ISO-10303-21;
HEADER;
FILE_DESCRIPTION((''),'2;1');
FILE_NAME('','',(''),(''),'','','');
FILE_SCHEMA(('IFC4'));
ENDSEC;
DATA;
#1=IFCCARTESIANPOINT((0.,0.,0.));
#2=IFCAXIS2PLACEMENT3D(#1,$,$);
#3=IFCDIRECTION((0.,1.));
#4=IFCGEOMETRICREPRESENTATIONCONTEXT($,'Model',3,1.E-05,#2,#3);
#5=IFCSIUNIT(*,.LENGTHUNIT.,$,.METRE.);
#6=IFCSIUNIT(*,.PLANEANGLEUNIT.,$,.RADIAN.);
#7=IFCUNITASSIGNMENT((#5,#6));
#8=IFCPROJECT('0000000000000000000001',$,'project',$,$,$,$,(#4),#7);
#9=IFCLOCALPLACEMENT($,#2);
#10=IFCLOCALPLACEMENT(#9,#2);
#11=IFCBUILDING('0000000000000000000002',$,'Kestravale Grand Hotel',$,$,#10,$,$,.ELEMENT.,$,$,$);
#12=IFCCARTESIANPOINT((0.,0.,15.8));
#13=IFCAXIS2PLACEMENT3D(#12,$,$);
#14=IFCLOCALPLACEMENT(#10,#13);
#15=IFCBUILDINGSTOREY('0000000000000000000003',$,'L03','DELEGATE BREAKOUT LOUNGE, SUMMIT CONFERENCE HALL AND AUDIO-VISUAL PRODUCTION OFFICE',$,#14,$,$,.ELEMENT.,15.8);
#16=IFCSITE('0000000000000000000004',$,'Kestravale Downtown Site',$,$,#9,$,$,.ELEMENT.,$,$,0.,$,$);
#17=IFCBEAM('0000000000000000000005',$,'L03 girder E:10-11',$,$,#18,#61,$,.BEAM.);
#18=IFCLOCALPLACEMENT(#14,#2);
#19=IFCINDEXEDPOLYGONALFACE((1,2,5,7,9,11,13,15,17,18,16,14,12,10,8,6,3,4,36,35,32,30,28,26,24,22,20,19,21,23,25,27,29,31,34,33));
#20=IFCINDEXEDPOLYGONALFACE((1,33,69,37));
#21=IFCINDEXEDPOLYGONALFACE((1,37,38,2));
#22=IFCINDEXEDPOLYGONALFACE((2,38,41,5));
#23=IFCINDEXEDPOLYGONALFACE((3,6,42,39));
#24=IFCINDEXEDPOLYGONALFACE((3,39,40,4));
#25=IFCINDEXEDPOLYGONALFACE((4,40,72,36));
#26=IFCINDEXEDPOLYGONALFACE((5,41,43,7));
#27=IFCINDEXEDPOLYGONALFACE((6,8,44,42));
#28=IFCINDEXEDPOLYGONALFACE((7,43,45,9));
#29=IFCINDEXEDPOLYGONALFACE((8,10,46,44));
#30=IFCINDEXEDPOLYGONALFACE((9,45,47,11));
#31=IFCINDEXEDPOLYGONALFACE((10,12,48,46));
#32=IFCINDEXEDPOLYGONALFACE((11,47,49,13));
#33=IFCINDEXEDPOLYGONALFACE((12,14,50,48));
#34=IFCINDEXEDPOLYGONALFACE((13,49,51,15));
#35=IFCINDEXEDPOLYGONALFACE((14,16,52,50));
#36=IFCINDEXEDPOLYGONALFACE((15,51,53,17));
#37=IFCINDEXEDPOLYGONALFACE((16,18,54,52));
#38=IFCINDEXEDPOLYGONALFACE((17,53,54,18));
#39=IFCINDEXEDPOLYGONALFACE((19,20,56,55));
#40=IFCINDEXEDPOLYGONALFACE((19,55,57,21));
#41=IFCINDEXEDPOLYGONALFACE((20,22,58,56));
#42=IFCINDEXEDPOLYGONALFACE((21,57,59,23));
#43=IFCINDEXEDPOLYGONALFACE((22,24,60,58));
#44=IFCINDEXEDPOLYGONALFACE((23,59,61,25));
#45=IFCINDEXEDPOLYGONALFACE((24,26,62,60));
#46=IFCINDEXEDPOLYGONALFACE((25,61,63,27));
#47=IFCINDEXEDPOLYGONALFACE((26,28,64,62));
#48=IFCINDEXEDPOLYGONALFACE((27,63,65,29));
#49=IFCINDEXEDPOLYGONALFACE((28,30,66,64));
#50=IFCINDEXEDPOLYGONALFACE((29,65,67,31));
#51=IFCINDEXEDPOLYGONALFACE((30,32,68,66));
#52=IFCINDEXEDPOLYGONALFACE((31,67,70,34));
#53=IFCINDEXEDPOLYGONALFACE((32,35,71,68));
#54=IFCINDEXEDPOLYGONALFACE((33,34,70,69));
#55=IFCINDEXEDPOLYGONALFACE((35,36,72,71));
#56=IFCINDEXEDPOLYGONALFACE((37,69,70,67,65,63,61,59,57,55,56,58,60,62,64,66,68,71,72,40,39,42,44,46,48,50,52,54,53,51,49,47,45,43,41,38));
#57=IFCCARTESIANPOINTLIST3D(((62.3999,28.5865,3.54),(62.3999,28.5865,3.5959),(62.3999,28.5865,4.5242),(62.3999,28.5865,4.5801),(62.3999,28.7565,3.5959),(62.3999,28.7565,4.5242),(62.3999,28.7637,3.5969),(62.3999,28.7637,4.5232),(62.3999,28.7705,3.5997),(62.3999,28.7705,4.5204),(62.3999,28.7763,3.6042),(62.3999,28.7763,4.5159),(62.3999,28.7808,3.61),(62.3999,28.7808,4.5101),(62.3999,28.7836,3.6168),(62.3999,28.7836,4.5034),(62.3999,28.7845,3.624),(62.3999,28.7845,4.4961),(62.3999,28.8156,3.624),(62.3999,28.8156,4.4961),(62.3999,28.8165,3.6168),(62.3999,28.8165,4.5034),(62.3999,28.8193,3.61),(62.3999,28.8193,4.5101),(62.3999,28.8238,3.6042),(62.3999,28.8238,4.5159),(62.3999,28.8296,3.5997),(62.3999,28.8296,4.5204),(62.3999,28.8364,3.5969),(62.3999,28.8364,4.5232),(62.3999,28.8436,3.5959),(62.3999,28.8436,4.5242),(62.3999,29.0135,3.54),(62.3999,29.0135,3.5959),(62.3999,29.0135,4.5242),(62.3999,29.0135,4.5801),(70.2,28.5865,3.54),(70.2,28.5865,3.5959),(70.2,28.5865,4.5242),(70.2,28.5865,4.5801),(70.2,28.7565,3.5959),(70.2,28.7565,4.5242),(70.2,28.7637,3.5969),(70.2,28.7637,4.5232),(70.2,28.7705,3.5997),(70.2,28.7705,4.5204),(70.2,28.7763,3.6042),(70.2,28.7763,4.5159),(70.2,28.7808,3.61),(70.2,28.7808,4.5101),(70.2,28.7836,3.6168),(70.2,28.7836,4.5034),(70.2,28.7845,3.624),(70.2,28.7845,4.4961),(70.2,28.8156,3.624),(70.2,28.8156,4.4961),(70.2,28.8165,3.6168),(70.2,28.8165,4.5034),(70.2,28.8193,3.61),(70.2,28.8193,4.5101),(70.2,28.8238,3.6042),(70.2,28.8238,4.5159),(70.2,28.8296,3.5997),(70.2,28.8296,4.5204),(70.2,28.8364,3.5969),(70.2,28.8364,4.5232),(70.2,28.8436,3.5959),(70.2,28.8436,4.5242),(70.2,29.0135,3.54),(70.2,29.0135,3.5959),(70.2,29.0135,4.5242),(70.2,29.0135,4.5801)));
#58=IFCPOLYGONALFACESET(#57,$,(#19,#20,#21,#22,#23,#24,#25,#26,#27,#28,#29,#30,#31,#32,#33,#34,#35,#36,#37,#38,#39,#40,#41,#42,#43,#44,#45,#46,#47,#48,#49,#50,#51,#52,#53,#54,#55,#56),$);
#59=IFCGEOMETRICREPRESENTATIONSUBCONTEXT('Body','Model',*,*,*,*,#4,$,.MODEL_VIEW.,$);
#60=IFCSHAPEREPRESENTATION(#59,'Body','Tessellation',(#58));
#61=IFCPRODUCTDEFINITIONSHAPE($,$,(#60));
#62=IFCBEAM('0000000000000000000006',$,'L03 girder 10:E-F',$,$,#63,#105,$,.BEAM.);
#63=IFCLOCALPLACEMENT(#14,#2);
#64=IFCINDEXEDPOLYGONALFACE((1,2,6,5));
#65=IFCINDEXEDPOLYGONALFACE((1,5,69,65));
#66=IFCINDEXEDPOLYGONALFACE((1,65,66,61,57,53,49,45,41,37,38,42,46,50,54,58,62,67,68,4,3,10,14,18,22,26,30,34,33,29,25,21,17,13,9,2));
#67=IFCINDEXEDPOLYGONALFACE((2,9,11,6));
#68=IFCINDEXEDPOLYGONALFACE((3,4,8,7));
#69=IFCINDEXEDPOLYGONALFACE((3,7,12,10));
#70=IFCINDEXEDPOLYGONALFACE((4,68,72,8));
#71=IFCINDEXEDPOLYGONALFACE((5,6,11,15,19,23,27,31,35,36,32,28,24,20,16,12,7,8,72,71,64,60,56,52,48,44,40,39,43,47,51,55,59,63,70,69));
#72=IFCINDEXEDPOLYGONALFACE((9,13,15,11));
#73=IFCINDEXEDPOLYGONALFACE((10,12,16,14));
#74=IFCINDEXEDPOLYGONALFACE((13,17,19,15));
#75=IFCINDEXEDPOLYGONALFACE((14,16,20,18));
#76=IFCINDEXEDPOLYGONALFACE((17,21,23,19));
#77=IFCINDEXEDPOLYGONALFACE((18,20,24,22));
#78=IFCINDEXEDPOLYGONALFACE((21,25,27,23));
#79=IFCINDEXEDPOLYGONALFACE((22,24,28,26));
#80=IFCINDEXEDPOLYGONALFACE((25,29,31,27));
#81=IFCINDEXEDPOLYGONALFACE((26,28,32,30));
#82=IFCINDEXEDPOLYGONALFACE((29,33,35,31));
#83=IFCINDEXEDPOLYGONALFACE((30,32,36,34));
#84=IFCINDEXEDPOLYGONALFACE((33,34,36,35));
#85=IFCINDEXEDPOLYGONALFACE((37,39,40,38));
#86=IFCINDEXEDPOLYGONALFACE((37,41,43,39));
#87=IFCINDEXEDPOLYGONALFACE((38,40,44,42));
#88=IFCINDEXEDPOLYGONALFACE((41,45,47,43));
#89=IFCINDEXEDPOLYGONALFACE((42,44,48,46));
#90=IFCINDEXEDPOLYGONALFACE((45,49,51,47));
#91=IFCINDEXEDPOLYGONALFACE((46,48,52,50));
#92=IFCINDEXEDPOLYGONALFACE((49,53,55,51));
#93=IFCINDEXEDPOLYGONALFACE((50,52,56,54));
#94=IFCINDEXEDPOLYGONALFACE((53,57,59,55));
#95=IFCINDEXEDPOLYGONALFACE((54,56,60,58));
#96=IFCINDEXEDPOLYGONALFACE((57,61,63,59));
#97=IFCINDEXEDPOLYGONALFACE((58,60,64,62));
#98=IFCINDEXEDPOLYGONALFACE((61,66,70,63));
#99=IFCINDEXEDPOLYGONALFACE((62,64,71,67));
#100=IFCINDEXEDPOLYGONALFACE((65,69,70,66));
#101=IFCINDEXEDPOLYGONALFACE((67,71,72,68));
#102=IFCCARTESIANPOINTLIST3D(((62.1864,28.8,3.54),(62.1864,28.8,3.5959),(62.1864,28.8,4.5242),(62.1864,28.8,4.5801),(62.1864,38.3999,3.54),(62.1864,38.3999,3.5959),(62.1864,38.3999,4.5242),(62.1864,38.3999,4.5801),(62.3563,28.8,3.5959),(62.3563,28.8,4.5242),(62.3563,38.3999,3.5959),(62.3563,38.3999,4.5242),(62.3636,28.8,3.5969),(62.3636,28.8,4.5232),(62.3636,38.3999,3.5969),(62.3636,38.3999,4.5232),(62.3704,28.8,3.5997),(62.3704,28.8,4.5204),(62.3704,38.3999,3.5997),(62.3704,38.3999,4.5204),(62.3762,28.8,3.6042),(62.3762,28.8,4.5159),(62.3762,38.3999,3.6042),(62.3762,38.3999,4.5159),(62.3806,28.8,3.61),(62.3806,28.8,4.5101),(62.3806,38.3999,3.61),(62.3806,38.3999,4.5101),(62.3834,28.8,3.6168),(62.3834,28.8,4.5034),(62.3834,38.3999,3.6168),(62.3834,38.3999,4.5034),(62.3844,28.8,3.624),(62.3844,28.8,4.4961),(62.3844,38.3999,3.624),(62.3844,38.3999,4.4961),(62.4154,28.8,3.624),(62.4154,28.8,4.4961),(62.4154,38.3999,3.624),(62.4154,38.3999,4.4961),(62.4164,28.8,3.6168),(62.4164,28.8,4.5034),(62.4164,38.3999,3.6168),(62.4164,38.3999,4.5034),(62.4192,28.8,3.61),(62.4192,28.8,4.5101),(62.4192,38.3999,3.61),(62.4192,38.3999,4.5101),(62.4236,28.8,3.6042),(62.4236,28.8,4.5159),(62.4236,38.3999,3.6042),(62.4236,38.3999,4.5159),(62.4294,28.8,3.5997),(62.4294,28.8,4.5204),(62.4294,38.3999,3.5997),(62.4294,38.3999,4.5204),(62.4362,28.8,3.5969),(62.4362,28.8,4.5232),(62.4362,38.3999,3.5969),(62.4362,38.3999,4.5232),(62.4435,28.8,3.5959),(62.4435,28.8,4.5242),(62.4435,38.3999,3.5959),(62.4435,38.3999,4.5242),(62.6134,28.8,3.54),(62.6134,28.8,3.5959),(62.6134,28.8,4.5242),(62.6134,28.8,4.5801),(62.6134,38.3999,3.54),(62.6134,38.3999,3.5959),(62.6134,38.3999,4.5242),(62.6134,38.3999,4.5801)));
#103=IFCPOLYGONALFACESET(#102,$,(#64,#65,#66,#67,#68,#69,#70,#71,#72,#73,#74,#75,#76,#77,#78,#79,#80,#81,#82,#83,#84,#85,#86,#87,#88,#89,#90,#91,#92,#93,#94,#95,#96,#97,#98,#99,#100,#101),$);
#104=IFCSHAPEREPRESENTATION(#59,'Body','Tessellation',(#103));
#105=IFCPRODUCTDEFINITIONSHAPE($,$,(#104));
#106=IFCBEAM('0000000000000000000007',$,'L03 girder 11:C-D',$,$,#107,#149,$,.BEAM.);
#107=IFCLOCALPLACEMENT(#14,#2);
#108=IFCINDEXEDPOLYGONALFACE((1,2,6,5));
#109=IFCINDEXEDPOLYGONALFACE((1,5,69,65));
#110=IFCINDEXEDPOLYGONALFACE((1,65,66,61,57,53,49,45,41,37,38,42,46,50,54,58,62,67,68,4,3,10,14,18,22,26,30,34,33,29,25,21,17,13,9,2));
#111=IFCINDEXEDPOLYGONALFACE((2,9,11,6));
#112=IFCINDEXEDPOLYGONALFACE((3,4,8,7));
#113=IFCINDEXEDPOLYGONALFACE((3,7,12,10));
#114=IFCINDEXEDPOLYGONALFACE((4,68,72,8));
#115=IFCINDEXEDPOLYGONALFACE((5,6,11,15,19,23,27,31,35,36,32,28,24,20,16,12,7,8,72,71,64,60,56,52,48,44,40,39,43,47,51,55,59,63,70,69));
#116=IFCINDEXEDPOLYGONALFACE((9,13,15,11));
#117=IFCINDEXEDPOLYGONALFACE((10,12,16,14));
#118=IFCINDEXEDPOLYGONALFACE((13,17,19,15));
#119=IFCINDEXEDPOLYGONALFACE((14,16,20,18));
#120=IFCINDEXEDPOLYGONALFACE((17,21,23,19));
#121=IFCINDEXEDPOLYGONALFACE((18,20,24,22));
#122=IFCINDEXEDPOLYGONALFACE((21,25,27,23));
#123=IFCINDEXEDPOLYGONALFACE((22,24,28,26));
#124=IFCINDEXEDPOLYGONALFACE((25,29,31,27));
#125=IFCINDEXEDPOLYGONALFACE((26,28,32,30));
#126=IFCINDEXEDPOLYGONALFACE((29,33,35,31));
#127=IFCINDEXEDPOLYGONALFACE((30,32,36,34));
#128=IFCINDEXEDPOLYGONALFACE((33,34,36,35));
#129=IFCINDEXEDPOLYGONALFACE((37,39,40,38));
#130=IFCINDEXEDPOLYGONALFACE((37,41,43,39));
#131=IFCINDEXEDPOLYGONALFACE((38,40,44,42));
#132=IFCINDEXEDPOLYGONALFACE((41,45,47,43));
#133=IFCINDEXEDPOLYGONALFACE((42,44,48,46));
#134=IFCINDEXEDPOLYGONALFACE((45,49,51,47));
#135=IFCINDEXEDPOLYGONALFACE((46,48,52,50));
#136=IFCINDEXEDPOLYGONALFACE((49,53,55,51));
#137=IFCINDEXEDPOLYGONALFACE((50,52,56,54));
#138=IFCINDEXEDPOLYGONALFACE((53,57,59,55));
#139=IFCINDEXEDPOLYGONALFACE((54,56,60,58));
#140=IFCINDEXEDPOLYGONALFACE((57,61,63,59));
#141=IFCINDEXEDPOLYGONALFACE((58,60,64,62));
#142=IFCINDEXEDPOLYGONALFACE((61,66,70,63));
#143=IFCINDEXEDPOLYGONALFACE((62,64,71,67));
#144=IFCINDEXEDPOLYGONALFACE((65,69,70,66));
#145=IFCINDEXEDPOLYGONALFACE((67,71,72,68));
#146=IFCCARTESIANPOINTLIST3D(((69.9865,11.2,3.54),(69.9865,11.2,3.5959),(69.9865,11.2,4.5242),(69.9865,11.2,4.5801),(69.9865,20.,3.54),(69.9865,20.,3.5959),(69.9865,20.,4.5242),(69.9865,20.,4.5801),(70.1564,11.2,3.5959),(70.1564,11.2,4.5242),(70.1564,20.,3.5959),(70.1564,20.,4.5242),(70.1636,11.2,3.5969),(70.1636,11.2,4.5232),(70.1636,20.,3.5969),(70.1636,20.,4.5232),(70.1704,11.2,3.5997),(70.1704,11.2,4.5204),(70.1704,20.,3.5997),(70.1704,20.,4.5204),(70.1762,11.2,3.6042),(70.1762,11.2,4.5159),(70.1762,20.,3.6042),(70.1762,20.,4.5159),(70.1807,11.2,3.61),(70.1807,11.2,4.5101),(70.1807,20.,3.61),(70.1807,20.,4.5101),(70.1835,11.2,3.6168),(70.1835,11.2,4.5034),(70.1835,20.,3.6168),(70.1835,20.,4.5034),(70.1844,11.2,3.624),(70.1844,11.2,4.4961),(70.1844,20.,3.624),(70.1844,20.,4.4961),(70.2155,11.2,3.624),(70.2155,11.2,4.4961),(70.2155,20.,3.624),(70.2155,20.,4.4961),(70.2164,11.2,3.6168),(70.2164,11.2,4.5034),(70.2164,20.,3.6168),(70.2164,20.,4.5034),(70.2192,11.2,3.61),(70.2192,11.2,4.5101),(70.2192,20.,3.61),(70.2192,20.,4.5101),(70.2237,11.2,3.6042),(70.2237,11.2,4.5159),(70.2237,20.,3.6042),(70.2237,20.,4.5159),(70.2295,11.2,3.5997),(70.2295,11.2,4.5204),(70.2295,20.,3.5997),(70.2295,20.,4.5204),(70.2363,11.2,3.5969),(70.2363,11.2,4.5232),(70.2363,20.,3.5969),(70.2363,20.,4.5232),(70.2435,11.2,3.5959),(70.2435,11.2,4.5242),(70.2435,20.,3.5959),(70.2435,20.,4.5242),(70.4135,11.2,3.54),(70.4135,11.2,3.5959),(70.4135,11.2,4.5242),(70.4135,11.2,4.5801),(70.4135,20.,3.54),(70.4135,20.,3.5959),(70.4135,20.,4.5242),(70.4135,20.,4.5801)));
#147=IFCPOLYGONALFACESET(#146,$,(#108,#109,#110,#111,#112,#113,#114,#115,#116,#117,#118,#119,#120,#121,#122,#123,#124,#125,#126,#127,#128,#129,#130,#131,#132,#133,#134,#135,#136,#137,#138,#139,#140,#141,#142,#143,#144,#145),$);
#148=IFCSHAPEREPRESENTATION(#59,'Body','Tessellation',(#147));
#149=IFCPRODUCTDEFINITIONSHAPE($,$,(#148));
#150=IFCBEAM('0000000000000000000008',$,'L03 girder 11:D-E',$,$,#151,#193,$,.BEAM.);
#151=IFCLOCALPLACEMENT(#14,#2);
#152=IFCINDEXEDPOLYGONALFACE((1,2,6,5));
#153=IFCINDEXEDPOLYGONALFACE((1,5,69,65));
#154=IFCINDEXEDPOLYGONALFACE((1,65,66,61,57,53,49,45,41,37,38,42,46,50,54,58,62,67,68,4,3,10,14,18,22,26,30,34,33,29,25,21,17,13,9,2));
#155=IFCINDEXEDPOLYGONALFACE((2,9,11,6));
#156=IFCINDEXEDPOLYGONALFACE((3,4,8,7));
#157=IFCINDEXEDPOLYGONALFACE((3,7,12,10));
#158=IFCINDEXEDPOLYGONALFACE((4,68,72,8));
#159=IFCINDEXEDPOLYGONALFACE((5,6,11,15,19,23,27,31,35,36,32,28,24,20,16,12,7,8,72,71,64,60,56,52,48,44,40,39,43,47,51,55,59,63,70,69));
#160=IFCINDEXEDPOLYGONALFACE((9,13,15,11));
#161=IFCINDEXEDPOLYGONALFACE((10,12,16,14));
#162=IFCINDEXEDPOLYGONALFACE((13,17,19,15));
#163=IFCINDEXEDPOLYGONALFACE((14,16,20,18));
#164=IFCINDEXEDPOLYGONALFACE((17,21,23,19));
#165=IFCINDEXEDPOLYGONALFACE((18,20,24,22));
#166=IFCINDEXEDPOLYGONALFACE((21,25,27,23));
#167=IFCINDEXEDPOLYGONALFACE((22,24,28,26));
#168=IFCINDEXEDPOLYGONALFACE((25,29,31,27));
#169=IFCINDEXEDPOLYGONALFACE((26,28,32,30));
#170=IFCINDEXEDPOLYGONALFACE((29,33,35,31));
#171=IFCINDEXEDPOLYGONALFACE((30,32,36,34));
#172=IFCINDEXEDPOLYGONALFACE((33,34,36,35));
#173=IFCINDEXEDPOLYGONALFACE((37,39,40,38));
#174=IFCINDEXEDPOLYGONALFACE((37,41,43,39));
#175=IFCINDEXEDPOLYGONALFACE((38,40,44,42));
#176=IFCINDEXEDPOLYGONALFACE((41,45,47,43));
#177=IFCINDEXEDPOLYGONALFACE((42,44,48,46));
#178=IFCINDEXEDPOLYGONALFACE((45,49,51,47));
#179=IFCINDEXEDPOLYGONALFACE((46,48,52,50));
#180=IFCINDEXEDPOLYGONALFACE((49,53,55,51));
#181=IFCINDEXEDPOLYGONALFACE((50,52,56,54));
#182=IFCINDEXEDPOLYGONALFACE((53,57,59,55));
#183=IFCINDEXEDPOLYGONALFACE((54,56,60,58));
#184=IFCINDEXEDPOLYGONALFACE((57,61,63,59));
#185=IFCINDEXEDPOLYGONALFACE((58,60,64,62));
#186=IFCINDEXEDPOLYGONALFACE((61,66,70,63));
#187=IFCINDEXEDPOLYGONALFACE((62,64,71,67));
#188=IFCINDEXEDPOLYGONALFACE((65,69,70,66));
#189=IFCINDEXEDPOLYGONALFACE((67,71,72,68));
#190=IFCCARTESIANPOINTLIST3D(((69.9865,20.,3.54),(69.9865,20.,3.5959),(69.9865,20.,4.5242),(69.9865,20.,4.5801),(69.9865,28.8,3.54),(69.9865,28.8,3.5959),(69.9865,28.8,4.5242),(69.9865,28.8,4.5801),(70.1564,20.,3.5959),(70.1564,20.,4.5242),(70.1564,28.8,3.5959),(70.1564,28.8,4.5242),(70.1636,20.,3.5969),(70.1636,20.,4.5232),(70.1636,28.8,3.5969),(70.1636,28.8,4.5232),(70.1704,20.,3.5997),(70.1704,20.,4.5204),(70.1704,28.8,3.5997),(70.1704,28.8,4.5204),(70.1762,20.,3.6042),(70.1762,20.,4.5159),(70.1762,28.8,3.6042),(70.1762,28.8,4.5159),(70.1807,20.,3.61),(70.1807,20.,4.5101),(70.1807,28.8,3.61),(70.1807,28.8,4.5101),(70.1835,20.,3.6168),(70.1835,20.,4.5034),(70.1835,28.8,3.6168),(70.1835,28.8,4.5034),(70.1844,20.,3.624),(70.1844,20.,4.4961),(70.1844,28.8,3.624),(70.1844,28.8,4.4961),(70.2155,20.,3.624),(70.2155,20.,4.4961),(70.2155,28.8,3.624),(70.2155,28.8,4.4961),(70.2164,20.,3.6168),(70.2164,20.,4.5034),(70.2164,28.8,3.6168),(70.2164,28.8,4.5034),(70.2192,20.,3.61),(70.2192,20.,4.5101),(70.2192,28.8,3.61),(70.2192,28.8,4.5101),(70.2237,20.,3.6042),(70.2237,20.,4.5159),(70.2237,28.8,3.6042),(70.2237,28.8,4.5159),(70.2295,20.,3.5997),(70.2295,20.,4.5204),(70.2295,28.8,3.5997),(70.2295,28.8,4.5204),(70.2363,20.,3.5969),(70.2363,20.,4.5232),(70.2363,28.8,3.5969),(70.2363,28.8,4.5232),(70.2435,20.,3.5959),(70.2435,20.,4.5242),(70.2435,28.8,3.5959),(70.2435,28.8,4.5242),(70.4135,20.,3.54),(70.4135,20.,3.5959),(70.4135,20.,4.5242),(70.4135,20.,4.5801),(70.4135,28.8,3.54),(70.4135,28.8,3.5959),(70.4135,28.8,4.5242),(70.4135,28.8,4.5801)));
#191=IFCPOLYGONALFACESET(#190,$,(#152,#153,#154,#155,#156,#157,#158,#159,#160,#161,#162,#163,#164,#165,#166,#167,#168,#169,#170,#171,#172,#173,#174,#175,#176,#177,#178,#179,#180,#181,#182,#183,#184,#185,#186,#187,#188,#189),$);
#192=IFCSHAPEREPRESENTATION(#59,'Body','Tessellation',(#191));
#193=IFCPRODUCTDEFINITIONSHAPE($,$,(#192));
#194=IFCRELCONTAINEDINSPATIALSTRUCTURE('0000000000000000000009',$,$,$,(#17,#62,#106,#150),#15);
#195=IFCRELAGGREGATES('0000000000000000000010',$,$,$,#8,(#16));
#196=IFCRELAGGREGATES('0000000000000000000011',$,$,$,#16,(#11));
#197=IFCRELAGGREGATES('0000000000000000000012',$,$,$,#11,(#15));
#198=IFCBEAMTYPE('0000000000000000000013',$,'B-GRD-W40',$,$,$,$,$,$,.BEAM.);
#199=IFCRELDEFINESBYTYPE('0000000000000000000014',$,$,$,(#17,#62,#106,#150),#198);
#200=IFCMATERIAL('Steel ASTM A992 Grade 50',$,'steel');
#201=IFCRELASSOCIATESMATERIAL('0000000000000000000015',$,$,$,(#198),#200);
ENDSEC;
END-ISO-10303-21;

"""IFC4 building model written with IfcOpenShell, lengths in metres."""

from ifc_helpers import new_model, si_unit, direction, frame, origin, origin_2d, place, context, subcontext, project, spatial, i_section, extrude, material, material_profile, profile_set, type_object, element, save


model = new_model("IFC4")

# Units and contexts
model_context = context("Model", 3, precision=1e-05, world=origin(), true_north=direction((0.0, 1.0)))
body_context = subcontext(model_context, "Body", "Model", "MODEL_VIEW")
ifc_project = project(units=[si_unit("LENGTHUNIT", "METRE"), si_unit("PLANEANGLEUNIT", "RADIAN")], contexts=[model_context])

# Site, building, storey
site_placement = place(None, origin())
site = spatial("IfcSite", under=ifc_project, at=site_placement, Name="Kestravale Downtown Site", CompositionType="ELEMENT", RefElevation=0.0)
building_placement = place(site_placement, origin())
building = spatial("IfcBuilding", under=site, at=building_placement, Name="Kestravale Grand Hotel", CompositionType="ELEMENT")
storey_placement = place(building_placement, frame((0.0, 0.0, 15.8)))
storey = spatial("IfcBuildingStorey", under=building, at=storey_placement, Name="L03", Description="DELEGATE BREAKOUT LOUNGE, SUMMIT CONFERENCE HALL AND AUDIO-VISUAL PRODUCTION OFFICE", CompositionType="ELEMENT", Elevation=15.8)

# Beams
ifc_material_1 = material(Name="Steel ASTM A992 Grade 50", Category="steel")
ifc_material_profile_1 = material_profile(ifc_material_1, i_section(OverallWidth=0.427, OverallDepth=1.04, WebThickness=0.031, FlangeThickness=0.0559, FilletRadius=0.0281, at=origin_2d()))
ifc_profile_set_1 = profile_set([ifc_material_profile_1], Name="Steel ASTM A992 Grade 50")
beam_type_1 = type_object("IfcBeamType", Name="B-GRD-W40", PredefinedType="BEAM", material=ifc_profile_set_1)
beam_1_placement = place(storey_placement, frame((62.3999, 28.8, 4.0601), z_axis=(1.0, 0.0, 0.0), x_axis=(0.0, 1.0, 0.0)))
element("IfcBeam", 1, at=beam_1_placement, inside=storey, type_object=beam_type_1, Name="L03 girder E:10-11", PredefinedType="BEAM", context=body_context, shape_type="SweptSolid", body=[
    extrude(i_section(OverallWidth=0.427, OverallDepth=1.04, WebThickness=0.031, FlangeThickness=0.0559, FilletRadius=0.0281, at=origin_2d()), origin(), (0.0, 0.0, 1.0), 7.8),
])
beam_2_placement = place(storey_placement, frame((62.3999, 28.8, 4.0601), z_axis=(0.0, 1.0, 0.0), x_axis=(-1.0, 0.0, 0.0)))
element("IfcBeam", 2, at=beam_2_placement, inside=storey, type_object=beam_type_1, Name="L03 girder 10:E-F", PredefinedType="BEAM", context=body_context, shape_type="SweptSolid", body=[
    extrude(i_section(OverallWidth=0.427, OverallDepth=1.04, WebThickness=0.031, FlangeThickness=0.0559, FilletRadius=0.0281, at=origin_2d()), origin(), (0.0, 0.0, 1.0), 9.5999),
])
for number, where, z_axis, x_axis, name in (
    (3, (70.2, 11.2, 4.0601), (0.0, 1.0, 0.0), (-1.0, 0.0, 0.0), "L03 girder 11:C-D"),
    (4, (70.2, 20.0, 4.0601), (0.0, 1.0, 0.0), (-1.0, 0.0, 0.0), "L03 girder 11:D-E"),
):
    element("IfcBeam", number, at=place(storey_placement, frame(where, z_axis=z_axis, x_axis=x_axis)), inside=storey, type_object=beam_type_1, Name=name, PredefinedType="BEAM", context=body_context, shape_type="SweptSolid", body=[
        extrude(i_section(OverallWidth=0.427, OverallDepth=1.04, WebThickness=0.031, FlangeThickness=0.0559, FilletRadius=0.0281, at=origin_2d()), origin(), (0.0, 0.0, 1.0), 8.8),
    ])

save(model, "model.ifc")
